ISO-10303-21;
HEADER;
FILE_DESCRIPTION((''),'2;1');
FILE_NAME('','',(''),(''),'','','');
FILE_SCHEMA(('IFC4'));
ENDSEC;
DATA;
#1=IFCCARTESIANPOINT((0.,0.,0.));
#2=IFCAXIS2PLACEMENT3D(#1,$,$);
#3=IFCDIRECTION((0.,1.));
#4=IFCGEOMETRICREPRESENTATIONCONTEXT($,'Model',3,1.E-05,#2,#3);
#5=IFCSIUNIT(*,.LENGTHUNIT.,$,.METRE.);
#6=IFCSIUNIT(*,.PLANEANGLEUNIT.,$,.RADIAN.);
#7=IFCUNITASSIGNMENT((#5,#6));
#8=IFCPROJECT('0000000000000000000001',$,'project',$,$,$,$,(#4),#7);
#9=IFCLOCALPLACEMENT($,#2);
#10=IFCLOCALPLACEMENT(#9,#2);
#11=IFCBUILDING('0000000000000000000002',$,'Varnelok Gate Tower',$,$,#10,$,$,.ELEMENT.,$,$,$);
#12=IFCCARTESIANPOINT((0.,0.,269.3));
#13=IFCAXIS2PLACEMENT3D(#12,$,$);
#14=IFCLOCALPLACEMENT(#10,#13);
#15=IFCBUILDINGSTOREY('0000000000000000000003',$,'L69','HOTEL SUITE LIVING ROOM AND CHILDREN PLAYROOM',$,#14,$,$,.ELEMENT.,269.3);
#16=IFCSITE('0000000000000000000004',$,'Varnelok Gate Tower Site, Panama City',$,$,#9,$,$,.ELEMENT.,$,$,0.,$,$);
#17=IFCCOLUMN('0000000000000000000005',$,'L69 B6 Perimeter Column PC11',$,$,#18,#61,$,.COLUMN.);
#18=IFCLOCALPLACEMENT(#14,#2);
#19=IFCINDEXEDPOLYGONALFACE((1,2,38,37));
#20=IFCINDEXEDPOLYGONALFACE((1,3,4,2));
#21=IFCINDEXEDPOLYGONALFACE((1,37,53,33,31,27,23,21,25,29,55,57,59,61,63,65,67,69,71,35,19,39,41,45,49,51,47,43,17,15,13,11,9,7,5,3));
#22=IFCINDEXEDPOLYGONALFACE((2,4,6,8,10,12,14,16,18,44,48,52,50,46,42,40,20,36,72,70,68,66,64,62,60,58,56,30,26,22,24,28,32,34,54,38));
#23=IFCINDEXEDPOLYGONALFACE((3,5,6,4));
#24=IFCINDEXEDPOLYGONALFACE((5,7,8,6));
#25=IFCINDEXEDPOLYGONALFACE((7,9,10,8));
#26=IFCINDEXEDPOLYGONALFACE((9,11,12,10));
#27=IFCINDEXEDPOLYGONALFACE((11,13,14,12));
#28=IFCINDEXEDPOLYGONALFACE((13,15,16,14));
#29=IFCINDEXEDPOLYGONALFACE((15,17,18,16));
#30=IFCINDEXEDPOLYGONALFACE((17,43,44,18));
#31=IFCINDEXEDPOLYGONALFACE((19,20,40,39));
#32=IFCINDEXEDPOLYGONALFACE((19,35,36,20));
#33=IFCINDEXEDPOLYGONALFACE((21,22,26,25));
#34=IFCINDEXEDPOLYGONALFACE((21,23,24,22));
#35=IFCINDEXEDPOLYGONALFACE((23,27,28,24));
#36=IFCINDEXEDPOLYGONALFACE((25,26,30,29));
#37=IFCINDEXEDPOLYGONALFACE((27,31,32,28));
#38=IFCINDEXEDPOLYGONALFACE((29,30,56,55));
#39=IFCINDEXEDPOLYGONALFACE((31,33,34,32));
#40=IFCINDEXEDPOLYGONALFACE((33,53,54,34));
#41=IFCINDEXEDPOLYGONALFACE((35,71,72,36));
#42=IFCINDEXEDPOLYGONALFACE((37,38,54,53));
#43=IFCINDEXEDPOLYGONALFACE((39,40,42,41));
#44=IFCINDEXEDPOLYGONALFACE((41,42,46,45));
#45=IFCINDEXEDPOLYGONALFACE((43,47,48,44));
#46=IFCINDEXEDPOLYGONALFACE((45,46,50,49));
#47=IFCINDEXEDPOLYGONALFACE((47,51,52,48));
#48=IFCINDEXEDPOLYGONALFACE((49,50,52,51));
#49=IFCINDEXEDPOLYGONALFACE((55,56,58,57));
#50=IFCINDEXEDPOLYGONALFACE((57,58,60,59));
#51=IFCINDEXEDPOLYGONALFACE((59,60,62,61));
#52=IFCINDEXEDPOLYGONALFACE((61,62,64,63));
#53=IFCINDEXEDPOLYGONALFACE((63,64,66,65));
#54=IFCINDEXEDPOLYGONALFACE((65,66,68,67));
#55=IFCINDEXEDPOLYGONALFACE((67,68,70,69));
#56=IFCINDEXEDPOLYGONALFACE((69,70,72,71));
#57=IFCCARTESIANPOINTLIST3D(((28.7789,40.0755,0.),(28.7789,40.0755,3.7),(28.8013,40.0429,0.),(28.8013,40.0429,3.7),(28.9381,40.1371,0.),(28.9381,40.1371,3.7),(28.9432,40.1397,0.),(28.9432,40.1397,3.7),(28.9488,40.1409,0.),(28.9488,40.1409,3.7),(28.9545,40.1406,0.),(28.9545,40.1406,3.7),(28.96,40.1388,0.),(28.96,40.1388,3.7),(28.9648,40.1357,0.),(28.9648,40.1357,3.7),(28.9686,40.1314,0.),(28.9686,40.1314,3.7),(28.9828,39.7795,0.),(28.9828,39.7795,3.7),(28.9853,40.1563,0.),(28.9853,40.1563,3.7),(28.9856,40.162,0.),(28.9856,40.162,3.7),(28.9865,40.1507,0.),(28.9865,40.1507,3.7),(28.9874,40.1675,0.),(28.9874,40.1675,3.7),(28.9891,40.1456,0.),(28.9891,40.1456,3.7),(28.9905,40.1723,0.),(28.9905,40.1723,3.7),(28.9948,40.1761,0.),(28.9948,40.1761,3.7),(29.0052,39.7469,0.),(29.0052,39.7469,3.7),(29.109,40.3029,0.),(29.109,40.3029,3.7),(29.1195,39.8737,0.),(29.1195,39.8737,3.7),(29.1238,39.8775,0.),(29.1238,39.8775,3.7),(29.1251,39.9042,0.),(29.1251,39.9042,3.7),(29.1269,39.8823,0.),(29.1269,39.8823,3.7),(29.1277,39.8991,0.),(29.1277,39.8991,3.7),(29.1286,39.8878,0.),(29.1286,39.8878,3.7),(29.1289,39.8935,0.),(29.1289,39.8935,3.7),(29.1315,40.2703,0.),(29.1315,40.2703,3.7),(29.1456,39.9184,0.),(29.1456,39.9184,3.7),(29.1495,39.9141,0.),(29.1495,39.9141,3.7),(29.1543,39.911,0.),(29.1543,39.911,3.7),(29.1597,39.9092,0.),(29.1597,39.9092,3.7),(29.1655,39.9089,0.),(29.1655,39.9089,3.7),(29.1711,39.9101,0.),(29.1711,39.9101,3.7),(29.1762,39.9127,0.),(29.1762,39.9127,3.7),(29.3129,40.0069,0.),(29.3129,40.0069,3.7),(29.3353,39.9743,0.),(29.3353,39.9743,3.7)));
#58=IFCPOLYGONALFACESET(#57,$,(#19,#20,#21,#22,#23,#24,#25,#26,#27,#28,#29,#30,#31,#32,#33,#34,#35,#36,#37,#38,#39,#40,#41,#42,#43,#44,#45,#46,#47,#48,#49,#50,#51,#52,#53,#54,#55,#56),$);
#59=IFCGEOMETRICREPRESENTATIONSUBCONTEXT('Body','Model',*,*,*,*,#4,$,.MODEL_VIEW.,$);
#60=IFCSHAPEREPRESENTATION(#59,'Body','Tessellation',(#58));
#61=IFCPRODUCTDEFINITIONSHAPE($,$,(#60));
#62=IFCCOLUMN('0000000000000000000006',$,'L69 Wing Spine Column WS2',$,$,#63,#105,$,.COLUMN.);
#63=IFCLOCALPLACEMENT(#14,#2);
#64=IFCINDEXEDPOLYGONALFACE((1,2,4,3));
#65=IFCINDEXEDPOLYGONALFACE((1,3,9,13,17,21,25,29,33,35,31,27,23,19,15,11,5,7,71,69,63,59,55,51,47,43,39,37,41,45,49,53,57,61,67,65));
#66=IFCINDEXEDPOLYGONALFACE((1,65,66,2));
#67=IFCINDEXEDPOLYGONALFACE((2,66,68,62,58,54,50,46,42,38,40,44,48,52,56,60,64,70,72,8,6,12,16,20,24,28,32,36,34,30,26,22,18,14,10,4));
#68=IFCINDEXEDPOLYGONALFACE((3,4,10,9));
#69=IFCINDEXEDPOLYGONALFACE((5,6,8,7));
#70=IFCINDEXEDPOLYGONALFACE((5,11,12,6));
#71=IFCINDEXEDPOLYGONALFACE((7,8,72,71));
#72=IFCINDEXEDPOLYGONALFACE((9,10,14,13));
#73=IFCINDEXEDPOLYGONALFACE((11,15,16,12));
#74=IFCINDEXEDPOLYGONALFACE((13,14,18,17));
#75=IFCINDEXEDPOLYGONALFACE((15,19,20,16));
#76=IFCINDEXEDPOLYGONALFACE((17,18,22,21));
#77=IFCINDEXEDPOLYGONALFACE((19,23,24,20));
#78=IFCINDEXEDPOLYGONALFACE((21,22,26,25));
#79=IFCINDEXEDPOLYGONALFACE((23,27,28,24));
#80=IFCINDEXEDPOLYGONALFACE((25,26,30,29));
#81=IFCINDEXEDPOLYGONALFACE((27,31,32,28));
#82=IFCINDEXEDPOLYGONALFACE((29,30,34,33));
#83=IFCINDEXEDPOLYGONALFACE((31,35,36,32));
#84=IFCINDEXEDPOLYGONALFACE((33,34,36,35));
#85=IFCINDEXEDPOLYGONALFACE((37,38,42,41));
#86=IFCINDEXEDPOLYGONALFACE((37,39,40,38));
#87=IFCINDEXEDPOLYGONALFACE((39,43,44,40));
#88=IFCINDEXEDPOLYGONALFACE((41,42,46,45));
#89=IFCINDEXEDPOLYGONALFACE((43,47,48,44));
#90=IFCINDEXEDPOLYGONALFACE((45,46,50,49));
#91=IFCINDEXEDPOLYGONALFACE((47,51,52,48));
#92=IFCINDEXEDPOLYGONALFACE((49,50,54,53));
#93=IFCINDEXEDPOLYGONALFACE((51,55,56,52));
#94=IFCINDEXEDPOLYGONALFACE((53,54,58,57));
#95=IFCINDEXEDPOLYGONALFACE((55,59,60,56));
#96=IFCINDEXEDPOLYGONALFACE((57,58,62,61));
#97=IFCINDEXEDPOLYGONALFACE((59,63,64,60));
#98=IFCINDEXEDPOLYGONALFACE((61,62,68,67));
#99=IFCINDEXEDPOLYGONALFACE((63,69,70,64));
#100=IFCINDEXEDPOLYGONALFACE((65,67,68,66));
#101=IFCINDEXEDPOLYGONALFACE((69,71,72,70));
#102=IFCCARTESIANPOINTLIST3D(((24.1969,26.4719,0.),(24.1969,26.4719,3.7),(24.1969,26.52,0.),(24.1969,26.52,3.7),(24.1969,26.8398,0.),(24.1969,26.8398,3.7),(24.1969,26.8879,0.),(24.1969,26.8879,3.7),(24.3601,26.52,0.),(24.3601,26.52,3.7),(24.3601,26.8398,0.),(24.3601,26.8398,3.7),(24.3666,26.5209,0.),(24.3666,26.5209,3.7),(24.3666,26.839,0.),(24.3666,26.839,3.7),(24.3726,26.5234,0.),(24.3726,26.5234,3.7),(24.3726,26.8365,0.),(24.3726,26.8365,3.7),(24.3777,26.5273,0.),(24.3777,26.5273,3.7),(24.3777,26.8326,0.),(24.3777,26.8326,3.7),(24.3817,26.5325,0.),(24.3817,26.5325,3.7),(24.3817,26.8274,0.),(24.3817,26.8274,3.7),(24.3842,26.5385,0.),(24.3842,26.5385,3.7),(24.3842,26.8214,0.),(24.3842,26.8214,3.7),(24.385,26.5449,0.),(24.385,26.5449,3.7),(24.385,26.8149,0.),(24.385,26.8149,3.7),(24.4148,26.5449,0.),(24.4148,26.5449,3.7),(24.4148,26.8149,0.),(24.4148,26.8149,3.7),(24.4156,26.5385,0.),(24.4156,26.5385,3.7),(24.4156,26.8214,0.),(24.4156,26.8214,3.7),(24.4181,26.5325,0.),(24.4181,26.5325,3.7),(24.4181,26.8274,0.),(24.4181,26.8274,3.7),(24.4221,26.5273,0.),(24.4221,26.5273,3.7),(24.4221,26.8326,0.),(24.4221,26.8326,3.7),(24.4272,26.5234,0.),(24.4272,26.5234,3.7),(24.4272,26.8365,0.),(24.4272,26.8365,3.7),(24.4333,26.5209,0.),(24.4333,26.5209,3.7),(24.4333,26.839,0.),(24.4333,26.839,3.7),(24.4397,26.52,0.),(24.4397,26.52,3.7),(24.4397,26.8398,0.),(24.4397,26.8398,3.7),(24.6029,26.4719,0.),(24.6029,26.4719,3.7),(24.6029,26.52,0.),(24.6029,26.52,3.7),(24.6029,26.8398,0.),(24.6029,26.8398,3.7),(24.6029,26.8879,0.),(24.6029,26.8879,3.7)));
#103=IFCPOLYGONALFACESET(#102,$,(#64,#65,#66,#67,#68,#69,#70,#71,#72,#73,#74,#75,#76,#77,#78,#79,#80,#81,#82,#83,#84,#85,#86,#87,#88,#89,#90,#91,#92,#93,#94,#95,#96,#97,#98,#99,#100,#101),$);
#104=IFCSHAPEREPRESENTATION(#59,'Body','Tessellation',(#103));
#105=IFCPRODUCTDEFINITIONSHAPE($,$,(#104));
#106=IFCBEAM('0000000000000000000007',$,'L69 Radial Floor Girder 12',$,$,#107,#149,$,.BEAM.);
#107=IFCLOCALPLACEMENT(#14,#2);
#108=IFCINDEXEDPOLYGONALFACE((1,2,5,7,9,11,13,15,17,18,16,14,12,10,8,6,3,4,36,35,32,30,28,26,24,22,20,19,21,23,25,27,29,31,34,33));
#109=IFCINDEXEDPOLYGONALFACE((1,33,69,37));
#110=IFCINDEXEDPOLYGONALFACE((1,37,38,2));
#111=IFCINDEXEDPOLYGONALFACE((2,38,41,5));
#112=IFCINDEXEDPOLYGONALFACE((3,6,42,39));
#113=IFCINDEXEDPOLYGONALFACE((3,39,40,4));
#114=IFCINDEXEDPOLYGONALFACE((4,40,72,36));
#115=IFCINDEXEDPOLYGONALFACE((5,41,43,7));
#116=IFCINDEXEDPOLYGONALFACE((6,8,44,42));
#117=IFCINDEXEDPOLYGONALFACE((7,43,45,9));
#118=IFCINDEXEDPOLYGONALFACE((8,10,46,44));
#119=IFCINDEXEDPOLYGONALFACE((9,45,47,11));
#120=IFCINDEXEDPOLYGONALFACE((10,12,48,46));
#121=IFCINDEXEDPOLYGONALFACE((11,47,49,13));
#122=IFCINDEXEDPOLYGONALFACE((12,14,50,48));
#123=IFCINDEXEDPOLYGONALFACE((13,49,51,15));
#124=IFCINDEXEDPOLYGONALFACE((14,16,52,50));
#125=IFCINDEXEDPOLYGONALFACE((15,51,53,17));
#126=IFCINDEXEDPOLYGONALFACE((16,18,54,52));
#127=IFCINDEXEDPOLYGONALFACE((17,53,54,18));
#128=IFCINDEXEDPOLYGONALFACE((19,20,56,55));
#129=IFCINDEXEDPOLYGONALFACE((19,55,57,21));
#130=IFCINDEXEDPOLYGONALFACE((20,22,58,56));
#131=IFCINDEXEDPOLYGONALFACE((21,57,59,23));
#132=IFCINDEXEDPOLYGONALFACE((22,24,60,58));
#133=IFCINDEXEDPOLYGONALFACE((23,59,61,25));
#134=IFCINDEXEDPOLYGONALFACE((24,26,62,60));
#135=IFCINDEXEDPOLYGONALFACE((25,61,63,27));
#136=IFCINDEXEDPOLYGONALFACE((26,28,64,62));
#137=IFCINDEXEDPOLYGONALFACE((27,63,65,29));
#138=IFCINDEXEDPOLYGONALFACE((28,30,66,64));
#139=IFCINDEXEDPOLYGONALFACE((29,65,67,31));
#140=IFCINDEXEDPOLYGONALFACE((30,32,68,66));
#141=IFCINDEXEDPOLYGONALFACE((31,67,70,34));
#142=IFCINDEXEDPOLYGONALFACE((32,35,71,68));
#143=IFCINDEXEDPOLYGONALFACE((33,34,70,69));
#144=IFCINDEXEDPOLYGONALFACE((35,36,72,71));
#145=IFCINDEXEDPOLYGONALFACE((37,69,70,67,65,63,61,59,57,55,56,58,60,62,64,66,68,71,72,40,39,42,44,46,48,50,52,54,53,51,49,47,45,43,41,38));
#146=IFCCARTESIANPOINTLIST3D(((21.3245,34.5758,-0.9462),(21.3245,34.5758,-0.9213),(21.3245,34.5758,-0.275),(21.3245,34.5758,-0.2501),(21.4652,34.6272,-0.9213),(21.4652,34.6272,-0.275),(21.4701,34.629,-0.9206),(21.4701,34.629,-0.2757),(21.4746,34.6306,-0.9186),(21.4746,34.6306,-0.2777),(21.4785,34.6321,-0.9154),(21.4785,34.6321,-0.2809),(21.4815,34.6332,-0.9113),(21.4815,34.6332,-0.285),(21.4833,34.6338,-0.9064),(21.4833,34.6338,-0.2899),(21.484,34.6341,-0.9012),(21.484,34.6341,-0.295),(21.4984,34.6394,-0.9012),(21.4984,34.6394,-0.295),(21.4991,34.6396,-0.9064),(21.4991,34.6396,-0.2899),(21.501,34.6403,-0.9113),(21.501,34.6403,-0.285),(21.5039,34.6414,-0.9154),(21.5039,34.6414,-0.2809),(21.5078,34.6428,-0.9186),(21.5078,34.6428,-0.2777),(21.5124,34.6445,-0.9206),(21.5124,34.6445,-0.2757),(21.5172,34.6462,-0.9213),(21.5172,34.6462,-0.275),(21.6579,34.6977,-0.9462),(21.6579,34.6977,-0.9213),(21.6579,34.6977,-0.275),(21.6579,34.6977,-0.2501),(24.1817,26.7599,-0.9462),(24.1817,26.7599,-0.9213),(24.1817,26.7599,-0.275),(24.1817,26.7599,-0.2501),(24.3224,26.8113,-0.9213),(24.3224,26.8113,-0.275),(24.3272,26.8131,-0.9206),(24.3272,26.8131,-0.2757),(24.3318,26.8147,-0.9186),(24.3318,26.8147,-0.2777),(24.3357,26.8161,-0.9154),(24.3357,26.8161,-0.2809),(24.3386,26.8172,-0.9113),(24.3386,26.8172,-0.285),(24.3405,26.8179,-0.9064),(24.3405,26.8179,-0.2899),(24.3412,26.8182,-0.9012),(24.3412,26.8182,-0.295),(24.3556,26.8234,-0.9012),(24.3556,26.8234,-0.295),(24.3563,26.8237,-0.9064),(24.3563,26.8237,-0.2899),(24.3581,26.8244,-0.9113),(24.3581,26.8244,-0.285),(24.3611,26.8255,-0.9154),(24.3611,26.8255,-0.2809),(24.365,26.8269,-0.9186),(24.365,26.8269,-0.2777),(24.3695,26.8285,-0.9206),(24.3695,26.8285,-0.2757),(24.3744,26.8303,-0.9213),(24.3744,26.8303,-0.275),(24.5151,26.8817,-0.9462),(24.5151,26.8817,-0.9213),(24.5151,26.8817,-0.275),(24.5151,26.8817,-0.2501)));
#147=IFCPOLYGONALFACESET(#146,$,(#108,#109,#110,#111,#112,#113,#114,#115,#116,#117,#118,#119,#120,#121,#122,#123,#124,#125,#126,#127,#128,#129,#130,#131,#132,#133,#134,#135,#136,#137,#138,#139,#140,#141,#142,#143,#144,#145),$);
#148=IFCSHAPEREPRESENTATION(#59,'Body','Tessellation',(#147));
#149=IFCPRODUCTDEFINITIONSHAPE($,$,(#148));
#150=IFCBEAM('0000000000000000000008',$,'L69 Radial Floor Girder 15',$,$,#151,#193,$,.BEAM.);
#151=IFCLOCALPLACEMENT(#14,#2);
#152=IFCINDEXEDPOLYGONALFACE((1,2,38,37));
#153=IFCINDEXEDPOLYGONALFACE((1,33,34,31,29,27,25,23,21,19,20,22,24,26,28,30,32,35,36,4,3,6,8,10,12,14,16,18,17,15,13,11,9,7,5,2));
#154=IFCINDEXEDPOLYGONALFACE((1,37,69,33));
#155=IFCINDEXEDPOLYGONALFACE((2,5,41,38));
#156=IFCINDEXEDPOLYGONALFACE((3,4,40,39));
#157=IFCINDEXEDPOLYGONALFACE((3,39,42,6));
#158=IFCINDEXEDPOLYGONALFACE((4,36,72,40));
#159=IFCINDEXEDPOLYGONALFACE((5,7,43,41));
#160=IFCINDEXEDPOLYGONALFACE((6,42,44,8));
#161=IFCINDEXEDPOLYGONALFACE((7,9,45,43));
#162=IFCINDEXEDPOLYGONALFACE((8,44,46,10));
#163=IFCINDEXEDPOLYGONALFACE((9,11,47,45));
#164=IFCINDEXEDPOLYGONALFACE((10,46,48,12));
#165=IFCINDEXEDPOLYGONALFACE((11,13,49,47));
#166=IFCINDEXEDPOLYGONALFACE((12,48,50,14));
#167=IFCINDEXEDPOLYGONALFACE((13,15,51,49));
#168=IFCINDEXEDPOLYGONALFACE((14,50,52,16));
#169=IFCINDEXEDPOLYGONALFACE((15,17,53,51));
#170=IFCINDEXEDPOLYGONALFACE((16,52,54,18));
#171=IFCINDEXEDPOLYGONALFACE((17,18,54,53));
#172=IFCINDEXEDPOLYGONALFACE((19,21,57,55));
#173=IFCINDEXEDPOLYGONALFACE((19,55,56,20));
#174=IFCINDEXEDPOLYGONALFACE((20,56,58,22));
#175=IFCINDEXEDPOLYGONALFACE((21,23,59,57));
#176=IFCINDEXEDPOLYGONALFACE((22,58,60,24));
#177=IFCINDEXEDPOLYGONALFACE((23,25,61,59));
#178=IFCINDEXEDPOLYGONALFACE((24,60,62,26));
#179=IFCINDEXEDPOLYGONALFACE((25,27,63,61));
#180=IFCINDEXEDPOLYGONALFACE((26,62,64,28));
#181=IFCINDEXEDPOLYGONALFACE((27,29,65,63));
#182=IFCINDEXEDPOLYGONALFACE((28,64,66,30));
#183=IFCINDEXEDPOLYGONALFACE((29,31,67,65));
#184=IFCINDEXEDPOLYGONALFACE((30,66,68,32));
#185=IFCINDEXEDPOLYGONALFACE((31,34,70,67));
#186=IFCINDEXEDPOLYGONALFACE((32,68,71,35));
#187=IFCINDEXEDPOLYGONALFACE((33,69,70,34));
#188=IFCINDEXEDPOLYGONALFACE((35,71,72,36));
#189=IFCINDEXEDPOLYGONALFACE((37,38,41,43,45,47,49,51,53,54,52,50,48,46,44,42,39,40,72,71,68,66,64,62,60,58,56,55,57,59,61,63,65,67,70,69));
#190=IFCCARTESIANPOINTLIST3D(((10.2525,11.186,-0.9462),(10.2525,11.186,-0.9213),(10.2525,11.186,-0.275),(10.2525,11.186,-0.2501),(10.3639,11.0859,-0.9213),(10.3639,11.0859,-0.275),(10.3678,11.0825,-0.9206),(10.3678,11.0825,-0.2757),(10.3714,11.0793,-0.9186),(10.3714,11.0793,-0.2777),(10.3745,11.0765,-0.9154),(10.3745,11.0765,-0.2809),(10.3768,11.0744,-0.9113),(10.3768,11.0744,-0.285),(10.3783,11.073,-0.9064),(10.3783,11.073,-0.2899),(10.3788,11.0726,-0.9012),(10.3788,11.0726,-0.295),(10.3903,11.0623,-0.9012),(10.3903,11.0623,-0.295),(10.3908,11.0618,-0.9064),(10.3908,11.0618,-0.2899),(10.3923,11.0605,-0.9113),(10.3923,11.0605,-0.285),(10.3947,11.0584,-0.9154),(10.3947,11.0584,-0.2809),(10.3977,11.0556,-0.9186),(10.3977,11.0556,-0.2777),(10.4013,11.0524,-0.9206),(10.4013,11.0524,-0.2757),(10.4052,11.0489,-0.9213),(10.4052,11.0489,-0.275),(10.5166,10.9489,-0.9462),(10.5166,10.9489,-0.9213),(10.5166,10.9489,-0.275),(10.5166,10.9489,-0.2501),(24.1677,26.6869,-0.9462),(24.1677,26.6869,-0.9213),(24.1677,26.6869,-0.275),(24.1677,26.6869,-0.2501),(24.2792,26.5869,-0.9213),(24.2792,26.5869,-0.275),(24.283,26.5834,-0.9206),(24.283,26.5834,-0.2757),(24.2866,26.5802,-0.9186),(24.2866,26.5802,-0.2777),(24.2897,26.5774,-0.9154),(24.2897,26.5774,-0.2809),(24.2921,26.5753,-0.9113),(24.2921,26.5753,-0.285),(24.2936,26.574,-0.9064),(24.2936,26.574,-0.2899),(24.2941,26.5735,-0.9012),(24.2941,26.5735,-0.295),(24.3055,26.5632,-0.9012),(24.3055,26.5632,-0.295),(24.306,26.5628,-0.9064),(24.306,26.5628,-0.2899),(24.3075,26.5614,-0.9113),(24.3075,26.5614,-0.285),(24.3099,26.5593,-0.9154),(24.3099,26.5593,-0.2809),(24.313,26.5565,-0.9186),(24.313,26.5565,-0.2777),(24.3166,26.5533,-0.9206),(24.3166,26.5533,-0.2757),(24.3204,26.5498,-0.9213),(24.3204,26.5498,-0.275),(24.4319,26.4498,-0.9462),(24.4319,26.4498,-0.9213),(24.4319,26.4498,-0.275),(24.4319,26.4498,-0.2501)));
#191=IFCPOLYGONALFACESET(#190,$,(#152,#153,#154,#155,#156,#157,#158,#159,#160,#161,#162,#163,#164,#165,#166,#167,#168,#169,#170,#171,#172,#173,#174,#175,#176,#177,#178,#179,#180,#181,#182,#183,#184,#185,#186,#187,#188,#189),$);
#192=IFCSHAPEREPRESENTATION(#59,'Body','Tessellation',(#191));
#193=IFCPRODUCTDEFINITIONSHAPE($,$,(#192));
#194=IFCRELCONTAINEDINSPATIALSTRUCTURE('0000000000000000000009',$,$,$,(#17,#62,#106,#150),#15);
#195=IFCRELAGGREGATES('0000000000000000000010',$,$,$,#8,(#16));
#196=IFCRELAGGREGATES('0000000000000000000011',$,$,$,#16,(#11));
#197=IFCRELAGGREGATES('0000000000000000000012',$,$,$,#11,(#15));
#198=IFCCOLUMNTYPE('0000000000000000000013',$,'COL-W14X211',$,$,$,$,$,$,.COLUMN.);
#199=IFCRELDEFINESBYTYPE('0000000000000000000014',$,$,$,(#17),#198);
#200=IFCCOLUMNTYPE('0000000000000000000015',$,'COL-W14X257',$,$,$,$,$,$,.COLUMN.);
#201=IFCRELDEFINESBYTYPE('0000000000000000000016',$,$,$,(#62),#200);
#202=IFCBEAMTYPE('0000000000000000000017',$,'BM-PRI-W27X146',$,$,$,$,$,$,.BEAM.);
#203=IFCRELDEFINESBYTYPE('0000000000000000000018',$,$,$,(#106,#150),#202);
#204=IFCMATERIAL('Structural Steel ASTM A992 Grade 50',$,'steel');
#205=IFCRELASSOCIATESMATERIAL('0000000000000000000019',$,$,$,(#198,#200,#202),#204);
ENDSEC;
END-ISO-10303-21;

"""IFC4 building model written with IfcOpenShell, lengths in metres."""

from ifc_helpers import new_model, si_unit, direction, frame, origin, origin_2d, place, context, subcontext, project, spatial, i_section, extrude, material, material_profile, profile_set, type_object, element, save


model = new_model("IFC4")

# Units and contexts
model_context = context("Model", 3, precision=1e-05, world=origin(), true_north=direction((0.0, 1.0)))
body_context = subcontext(model_context, "Body", "Model", "MODEL_VIEW")
ifc_project = project(units=[si_unit("LENGTHUNIT", "METRE"), si_unit("PLANEANGLEUNIT", "RADIAN")], contexts=[model_context])

# Site, building, storey
site_placement = place(None, origin())
site = spatial("IfcSite", under=ifc_project, at=site_placement, Name="Varnelok Gate Tower Site, Panama City", CompositionType="ELEMENT", RefElevation=0.0)
building_placement = place(site_placement, origin())
building = spatial("IfcBuilding", under=site, at=building_placement, Name="Varnelok Gate Tower", CompositionType="ELEMENT")
storey_placement = place(building_placement, frame((0.0, 0.0, 269.3)))
storey = spatial("IfcBuildingStorey", under=building, at=storey_placement, Name="L69", Description="HOTEL SUITE LIVING ROOM AND CHILDREN PLAYROOM", CompositionType="ELEMENT", Elevation=269.3)

# Columns
ifc_material_1 = material(Name="Structural Steel ASTM A992 Grade 50", Category="steel")
ifc_material_profile_1 = material_profile(ifc_material_1, i_section(OverallWidth=0.4009, OverallDepth=0.3989, WebThickness=0.0249, FlangeThickness=0.0396, FilletRadius=0.022, at=origin_2d()), Name="W14X211")
ifc_profile_set_1 = profile_set([ifc_material_profile_1], Name="Structural Steel ASTM A992 Grade 50")
column_type_1 = type_object("IfcColumnType", Name="COL-W14X211", PredefinedType="COLUMN", material=ifc_profile_set_1)
column_1_placement = place(storey_placement, frame((29.0571, 40.0249, 0.0), z_axis=(0.0, 0.0, 1.0), x_axis=(0.823533, 0.567269, 0.0)))
element("IfcColumn", 1, at=column_1_placement, inside=storey, type_object=column_type_1, Name="L69 B6 Perimeter Column PC11", PredefinedType="COLUMN", context=body_context, shape_type="SweptSolid", body=[
    extrude(i_section(OverallWidth=0.4009, OverallDepth=0.3989, WebThickness=0.0249, FlangeThickness=0.0396, FilletRadius=0.022, at=origin_2d()), origin(), (0.0, 0.0, 1.0), 3.7),
])
ifc_material_profile_2 = material_profile(ifc_material_1, i_section(OverallWidth=0.406, OverallDepth=0.416, WebThickness=0.0298, FlangeThickness=0.0481, FilletRadius=0.0249, at=origin_2d()), Name="W14X257")
ifc_profile_set_2 = profile_set([ifc_material_profile_2], Name="Structural Steel ASTM A992 Grade 50")
column_type_2 = type_object("IfcColumnType", Name="COL-W14X257", PredefinedType="COLUMN", material=ifc_profile_set_2)
column_2_placement = place(storey_placement, frame((24.3999, 26.6799, 0.0), z_axis=(0.0, 0.0, 1.0), x_axis=(1.0, 0.0, 0.0)))
element("IfcColumn", 2, at=column_2_placement, inside=storey, type_object=column_type_2, Name="L69 Wing Spine Column WS2", PredefinedType="COLUMN", context=body_context, shape_type="SweptSolid", body=[
    extrude(i_section(OverallWidth=0.406, OverallDepth=0.416, WebThickness=0.0298, FlangeThickness=0.0481, FilletRadius=0.0249, at=origin_2d()), origin(), (0.0, 0.0, 1.0), 3.7),
])

# Beams
ifc_material_profile_3 = material_profile(ifc_material_1, i_section(OverallWidth=0.355, OverallDepth=0.696, WebThickness=0.0154, FlangeThickness=0.0249, FilletRadius=0.02, at=origin_2d()), Name="W27X146")
ifc_profile_set_3 = profile_set([ifc_material_profile_3], Name="Structural Steel ASTM A992 Grade 50")
beam_type_1 = type_object("IfcBeamType", Name="BM-PRI-W27X146", PredefinedType="BEAM", material=ifc_profile_set_3)
beam_1_placement = place(storey_placement, frame((24.3484, 26.8208, -0.5981), z_axis=(-0.343337, 0.939212, 0.0), x_axis=(-0.939212, -0.343337, 0.0)))
element("IfcBeam", 3, at=beam_1_placement, inside=storey, type_object=beam_type_1, Name="L69 Radial Floor Girder 12", PredefinedType="BEAM", context=body_context, shape_type="SweptSolid", body=[
    extrude(i_section(OverallWidth=0.355, OverallDepth=0.696, WebThickness=0.0154, FlangeThickness=0.0249, FilletRadius=0.02, at=origin_2d()), origin(), (0.0, 0.0, 1.0), 8.3218),
])
beam_2_placement = place(storey_placement, frame((24.2998, 26.5684, -0.5981), z_axis=(-0.66802, -0.744143, 0.0), x_axis=(0.744143, -0.66802, 0.0)))
element("IfcBeam", 4, at=beam_2_placement, inside=storey, type_object=beam_type_1, Name="L69 Radial Floor Girder 15", PredefinedType="BEAM", context=body_context, shape_type="SweptSolid", body=[
    extrude(i_section(OverallWidth=0.355, OverallDepth=0.696, WebThickness=0.0154, FlangeThickness=0.0249, FilletRadius=0.02, at=origin_2d()), origin(), (0.0, 0.0, 1.0), 20.8306),
])

save(model, "model.ifc")
